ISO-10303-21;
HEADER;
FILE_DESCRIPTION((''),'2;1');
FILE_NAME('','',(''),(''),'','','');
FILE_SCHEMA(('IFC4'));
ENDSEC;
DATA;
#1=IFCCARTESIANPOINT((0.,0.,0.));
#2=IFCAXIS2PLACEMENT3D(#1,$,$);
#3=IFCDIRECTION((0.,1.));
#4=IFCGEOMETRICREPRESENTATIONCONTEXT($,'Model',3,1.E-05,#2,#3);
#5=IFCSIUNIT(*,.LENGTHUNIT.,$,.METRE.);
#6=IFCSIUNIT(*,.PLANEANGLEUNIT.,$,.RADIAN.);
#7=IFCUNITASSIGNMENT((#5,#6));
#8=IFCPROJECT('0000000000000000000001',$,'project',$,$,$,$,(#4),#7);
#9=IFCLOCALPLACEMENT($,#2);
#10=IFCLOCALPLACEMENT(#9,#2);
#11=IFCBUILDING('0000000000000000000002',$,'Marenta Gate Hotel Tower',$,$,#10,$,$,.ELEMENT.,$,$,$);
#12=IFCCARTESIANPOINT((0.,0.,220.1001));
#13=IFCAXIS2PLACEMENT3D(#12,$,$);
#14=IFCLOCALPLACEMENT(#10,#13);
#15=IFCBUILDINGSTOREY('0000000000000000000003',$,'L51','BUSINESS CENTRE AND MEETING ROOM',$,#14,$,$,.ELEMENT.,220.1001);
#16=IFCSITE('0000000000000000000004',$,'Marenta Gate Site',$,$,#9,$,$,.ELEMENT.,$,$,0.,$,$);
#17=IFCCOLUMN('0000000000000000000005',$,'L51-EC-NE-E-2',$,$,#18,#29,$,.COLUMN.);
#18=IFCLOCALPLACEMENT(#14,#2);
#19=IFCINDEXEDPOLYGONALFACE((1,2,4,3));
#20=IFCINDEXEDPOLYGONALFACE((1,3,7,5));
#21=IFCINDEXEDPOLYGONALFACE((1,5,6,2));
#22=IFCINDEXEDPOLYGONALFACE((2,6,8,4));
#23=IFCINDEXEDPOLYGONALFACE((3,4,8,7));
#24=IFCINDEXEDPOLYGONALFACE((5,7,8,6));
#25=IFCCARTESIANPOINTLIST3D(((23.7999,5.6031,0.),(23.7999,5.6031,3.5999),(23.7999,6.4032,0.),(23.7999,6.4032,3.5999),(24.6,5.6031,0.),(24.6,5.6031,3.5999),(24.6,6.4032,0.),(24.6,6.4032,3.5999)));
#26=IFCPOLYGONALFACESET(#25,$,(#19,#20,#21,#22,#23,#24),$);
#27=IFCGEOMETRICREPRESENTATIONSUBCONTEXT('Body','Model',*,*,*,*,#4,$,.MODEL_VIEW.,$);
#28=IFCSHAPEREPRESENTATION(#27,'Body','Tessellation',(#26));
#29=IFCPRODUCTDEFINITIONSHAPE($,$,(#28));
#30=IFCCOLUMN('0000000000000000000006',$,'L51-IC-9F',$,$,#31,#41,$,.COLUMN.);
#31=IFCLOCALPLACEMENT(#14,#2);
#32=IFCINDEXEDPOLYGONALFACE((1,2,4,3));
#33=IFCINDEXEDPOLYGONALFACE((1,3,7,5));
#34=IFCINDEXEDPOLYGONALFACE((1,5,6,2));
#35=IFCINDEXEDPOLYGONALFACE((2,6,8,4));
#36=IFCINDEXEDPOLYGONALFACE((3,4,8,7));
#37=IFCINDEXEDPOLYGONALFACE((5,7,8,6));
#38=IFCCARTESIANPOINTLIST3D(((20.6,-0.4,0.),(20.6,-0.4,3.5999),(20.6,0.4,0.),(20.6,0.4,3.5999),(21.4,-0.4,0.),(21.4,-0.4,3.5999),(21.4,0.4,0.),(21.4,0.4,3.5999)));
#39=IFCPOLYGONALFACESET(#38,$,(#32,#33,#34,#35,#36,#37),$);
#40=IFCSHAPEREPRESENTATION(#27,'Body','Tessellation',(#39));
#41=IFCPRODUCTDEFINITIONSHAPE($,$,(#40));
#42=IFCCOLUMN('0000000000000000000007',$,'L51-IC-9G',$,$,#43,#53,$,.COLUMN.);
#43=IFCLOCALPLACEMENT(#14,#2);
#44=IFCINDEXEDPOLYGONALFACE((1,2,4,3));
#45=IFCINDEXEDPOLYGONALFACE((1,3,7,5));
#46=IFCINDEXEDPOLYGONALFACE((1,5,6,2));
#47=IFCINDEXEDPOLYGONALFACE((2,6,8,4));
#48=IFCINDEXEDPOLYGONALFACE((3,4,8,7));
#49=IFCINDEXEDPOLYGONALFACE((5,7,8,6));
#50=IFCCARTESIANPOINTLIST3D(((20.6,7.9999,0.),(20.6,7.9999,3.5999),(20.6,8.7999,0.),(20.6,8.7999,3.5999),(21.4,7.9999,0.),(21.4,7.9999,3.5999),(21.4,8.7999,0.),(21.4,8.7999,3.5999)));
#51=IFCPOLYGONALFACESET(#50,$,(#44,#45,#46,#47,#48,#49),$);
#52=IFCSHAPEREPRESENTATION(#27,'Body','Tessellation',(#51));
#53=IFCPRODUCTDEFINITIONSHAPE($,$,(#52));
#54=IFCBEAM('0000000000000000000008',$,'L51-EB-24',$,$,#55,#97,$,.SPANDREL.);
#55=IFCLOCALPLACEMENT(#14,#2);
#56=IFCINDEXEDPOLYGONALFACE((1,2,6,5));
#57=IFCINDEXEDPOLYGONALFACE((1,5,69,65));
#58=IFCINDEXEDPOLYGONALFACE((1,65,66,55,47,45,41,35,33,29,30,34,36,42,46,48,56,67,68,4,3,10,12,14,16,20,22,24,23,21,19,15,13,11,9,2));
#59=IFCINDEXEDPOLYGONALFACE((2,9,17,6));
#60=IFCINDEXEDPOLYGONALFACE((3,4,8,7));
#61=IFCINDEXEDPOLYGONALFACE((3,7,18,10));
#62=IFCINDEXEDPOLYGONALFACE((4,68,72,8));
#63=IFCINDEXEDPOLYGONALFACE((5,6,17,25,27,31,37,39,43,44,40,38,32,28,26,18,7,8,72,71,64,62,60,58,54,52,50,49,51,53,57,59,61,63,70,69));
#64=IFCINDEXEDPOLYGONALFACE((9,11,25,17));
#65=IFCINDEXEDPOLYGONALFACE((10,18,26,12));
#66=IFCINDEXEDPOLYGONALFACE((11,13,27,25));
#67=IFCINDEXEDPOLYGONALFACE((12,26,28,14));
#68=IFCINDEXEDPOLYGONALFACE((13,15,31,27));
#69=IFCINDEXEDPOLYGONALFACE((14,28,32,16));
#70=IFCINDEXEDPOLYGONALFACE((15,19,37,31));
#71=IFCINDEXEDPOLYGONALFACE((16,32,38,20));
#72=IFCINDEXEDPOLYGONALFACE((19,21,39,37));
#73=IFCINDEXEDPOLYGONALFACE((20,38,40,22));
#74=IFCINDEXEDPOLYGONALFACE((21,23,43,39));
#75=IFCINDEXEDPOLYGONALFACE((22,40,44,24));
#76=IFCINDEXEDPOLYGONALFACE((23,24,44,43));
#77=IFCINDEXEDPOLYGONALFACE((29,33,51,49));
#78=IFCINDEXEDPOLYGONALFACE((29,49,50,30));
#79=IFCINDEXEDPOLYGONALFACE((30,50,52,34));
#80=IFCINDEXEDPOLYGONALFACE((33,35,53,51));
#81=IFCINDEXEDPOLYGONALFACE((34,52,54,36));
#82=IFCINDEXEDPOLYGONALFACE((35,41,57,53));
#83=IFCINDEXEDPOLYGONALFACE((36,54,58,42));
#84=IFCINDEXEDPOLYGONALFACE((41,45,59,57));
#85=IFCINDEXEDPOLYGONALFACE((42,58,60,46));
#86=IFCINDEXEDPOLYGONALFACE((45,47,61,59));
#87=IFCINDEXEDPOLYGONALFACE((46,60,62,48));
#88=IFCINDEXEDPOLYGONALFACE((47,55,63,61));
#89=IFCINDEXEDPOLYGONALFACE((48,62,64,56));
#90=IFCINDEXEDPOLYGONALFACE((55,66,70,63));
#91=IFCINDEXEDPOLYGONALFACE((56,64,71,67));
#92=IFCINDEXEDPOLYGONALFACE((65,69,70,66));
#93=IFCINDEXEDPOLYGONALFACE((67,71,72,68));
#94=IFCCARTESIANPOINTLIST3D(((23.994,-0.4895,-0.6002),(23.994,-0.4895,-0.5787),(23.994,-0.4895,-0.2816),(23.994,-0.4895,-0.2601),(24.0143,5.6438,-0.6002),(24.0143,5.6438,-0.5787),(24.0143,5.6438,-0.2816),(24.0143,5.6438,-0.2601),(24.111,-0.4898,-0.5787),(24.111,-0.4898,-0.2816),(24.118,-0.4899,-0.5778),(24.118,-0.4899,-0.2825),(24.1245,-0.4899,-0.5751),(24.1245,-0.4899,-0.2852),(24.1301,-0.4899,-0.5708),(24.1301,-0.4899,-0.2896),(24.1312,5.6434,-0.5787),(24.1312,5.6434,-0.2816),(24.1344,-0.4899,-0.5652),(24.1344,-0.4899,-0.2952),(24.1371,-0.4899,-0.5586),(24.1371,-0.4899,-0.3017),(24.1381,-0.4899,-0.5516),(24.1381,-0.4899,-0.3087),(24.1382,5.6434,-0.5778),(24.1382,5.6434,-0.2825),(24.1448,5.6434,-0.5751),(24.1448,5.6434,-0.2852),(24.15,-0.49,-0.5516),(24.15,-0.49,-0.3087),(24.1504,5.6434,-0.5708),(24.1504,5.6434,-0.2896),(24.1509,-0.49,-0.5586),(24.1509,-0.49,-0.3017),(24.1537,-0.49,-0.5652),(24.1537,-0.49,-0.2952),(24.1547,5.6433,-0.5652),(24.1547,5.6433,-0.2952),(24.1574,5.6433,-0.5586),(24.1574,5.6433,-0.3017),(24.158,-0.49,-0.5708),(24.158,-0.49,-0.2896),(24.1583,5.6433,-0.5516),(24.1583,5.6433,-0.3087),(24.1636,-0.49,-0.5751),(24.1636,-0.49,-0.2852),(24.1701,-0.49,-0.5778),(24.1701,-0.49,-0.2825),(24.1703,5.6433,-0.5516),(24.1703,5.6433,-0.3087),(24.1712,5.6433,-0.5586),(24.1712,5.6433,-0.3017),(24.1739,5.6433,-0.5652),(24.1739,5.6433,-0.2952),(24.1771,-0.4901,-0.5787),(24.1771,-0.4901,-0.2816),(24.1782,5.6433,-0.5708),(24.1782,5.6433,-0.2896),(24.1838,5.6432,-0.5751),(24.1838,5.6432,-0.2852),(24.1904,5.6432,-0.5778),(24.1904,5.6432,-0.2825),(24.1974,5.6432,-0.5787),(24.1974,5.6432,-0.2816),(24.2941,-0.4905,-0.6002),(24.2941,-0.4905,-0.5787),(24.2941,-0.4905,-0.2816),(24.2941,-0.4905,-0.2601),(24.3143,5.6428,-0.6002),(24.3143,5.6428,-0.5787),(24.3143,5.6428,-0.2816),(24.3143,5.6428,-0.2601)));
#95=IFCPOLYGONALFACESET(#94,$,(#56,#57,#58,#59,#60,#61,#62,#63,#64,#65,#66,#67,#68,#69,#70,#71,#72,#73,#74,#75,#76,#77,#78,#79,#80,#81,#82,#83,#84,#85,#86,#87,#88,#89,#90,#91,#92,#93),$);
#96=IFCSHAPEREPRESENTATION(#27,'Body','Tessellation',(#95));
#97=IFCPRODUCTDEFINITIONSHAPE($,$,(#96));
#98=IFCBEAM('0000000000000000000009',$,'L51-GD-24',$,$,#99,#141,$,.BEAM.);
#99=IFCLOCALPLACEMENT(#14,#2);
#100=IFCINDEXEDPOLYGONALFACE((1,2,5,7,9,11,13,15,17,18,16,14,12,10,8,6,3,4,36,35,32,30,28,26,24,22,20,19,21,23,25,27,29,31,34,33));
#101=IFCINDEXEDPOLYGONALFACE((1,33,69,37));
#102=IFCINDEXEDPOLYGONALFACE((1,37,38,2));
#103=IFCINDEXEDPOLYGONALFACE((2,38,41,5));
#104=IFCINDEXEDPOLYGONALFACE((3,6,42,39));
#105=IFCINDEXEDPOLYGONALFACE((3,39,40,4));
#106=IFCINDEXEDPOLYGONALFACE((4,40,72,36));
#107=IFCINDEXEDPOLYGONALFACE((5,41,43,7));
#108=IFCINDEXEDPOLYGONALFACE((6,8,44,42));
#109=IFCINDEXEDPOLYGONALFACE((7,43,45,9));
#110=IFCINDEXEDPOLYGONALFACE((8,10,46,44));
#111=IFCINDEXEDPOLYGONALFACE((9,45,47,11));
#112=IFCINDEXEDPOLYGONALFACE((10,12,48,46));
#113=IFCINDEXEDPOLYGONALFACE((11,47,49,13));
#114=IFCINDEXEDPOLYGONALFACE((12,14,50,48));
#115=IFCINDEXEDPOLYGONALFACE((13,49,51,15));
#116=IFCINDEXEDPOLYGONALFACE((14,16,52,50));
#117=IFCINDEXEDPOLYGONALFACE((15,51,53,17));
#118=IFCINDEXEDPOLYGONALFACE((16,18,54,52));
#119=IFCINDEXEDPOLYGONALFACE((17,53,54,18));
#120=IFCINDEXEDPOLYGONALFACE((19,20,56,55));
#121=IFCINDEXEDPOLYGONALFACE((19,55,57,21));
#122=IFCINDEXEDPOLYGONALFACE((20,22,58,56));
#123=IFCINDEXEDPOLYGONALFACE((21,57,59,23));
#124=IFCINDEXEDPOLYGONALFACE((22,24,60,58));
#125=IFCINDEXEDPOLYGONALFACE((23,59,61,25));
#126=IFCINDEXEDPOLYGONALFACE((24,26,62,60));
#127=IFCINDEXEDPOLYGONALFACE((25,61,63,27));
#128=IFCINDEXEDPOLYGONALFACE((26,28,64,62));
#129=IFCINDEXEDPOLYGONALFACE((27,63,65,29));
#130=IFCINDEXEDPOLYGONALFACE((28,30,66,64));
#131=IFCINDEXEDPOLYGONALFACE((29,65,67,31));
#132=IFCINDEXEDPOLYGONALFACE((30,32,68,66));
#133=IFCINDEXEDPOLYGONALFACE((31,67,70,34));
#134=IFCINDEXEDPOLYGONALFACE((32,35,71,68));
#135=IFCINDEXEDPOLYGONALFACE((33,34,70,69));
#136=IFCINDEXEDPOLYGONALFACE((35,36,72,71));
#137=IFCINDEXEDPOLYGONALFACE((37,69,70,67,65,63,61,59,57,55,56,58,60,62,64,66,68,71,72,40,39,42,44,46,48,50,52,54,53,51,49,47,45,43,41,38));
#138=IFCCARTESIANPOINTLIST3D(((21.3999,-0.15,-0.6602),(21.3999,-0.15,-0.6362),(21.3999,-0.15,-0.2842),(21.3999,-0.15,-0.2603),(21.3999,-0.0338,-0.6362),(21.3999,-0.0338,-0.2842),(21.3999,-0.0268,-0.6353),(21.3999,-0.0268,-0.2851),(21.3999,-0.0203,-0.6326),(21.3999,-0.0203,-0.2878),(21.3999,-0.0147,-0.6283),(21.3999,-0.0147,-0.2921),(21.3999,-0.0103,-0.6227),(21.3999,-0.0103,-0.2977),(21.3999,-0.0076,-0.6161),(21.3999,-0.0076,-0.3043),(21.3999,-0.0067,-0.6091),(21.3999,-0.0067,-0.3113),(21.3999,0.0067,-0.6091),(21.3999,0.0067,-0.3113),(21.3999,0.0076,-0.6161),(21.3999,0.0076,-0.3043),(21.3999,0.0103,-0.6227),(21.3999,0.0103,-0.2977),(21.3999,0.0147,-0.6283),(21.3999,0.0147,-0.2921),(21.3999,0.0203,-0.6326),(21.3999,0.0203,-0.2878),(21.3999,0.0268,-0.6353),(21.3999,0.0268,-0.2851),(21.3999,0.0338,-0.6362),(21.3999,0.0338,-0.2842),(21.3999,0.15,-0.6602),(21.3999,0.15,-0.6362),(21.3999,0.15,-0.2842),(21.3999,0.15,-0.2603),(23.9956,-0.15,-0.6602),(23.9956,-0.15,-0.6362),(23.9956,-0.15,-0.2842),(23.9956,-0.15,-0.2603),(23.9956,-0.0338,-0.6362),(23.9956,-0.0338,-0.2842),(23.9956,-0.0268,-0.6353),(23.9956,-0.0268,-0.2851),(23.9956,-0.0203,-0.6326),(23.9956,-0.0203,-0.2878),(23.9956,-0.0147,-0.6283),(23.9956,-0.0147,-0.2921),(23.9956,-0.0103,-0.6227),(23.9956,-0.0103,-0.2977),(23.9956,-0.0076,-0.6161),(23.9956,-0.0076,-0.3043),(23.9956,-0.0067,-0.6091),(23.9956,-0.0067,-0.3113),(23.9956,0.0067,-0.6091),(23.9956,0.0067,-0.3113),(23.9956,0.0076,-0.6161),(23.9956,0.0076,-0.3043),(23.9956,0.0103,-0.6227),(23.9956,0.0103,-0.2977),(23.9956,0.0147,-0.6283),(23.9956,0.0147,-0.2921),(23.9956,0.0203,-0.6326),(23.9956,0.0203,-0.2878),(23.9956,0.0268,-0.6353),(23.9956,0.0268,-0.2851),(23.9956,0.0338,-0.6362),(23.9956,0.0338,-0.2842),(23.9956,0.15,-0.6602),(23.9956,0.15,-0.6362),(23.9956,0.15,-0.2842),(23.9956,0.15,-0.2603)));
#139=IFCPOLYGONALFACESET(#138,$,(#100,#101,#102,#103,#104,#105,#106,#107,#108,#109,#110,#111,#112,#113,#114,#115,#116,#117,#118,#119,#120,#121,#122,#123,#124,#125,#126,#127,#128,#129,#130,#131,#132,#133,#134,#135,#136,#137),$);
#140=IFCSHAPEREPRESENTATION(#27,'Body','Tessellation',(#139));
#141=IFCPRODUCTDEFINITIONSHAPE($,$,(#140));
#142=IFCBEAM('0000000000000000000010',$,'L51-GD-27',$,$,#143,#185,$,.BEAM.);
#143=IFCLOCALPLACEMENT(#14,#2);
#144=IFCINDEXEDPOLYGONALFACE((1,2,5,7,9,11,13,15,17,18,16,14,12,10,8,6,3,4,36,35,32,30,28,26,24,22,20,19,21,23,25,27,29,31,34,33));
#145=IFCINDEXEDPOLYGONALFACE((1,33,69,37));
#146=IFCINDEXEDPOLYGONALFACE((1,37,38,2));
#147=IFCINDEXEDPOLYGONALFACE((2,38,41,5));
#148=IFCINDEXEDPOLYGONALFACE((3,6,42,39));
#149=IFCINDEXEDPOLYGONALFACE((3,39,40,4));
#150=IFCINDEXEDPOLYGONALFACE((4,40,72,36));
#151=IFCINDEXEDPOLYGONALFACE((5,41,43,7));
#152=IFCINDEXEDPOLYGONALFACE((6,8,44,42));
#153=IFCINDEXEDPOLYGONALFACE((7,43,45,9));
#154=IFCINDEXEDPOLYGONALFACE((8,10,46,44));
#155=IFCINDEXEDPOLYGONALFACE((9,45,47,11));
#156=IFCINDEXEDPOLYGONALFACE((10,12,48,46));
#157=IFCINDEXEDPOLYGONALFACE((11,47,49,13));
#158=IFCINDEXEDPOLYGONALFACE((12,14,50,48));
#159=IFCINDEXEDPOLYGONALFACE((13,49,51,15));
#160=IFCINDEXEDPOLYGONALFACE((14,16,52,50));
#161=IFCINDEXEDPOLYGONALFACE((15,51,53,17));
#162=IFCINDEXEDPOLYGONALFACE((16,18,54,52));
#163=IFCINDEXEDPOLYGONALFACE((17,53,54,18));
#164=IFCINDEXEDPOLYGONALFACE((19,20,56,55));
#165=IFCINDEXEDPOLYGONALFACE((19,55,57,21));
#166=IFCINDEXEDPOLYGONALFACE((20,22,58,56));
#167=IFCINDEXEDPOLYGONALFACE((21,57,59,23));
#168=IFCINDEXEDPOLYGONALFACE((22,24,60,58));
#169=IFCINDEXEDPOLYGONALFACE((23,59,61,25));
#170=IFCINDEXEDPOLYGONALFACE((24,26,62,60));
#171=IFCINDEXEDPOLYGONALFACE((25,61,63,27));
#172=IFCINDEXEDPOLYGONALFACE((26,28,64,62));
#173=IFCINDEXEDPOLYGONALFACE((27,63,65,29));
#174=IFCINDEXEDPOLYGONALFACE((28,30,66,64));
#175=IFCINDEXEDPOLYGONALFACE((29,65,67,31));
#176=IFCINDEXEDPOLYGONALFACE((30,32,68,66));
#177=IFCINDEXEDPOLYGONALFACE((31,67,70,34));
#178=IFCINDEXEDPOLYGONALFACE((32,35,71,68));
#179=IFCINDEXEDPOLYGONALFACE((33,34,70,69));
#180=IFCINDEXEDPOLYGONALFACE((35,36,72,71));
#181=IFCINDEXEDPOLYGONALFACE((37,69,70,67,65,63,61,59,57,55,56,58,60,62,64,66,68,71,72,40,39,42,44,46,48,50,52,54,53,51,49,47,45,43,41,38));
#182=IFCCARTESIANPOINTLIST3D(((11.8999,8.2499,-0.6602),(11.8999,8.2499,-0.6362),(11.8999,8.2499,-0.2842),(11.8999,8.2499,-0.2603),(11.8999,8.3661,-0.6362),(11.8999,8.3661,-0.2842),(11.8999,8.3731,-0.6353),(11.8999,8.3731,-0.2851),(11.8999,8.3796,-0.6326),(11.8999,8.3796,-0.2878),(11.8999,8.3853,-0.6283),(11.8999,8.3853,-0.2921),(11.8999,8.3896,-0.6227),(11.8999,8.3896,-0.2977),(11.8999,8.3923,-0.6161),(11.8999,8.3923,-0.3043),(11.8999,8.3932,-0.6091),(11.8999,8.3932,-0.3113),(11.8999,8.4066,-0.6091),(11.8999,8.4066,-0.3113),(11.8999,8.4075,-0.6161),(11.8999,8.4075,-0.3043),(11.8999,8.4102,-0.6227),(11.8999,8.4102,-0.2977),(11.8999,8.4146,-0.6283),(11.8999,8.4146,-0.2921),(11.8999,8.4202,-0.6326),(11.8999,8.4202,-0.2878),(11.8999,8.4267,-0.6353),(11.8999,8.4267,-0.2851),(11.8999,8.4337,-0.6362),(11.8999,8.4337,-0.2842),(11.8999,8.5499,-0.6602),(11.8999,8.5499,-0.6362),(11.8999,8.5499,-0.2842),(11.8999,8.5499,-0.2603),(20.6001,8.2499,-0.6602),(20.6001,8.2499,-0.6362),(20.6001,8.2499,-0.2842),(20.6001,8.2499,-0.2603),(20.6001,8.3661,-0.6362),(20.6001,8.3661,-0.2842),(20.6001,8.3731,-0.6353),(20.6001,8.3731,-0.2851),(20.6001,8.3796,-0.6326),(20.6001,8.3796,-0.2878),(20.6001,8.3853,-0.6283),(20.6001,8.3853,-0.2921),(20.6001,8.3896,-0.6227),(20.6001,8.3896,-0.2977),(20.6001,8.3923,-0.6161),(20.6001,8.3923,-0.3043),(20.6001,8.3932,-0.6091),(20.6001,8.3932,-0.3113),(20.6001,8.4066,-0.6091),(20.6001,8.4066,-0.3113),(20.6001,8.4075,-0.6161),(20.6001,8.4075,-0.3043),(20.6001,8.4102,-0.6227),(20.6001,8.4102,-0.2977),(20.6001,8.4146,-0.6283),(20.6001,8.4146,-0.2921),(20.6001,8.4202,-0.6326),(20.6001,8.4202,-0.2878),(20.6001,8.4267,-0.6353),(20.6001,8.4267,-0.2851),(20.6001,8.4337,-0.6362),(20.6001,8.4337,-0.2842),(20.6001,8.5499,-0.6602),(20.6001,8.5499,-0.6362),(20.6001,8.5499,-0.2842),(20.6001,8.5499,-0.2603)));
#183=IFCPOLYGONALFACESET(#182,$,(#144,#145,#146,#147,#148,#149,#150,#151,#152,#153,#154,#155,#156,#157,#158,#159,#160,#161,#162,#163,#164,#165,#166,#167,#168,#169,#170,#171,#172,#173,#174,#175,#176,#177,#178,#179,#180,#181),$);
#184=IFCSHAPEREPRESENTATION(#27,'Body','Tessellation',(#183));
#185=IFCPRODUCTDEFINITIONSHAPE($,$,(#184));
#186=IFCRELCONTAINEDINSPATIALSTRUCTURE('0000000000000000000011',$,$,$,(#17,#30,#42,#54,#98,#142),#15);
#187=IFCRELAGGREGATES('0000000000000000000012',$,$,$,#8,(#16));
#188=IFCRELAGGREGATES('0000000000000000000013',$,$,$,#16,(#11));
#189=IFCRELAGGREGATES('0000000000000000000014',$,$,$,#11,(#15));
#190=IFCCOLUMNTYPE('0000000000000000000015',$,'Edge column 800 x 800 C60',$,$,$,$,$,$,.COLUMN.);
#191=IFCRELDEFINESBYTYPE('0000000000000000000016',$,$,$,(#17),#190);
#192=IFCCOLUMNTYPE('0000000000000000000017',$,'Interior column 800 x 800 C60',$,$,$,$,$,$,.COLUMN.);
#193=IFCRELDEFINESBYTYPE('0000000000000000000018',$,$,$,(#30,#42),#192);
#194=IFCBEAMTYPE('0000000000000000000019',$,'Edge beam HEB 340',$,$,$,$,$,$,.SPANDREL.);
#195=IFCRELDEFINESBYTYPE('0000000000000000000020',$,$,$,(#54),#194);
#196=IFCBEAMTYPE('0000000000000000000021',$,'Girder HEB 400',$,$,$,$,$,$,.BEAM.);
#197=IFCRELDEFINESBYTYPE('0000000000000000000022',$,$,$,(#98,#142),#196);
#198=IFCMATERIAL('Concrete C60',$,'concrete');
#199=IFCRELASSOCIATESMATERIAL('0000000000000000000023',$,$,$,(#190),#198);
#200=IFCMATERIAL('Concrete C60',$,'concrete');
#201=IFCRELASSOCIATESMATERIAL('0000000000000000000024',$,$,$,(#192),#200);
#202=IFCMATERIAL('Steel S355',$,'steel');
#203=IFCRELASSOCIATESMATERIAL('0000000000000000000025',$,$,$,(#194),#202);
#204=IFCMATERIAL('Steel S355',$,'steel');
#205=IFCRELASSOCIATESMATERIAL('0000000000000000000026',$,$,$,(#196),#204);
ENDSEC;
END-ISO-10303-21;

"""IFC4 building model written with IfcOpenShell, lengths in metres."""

from ifc_helpers import new_model, si_unit, direction, frame, origin, origin_2d, place, context, subcontext, project, spatial, rectangle, i_section, extrude, material, material_profile, profile_set, type_object, element, save


model = new_model("IFC4")

# Units and contexts
model_context = context("Model", 3, precision=1e-05, world=origin(), true_north=direction((0.0, 1.0)))
body_context = subcontext(model_context, "Body", "Model", "MODEL_VIEW")
ifc_project = project(units=[si_unit("LENGTHUNIT", "METRE"), si_unit("PLANEANGLEUNIT", "RADIAN")], contexts=[model_context])

# Site, building, storey
site_placement = place(None, origin())
site = spatial("IfcSite", under=ifc_project, at=site_placement, Name="Marenta Gate Site", CompositionType="ELEMENT", RefElevation=0.0)
building_placement = place(site_placement, origin())
building = spatial("IfcBuilding", under=site, at=building_placement, Name="Marenta Gate Hotel Tower", CompositionType="ELEMENT")
storey_placement = place(building_placement, frame((0.0, 0.0, 220.1001)))
storey = spatial("IfcBuildingStorey", under=building, at=storey_placement, Name="L51", Description="BUSINESS CENTRE AND MEETING ROOM", CompositionType="ELEMENT", Elevation=220.1001)

# Columns
ifc_material_1 = material(Name="Concrete C60", Category="concrete")
ifc_material_profile_1 = material_profile(ifc_material_1, rectangle(XDim=0.8, YDim=0.8, at=origin_2d()), Name="800 x 800")
ifc_profile_set_1 = profile_set([ifc_material_profile_1], Name="Concrete C60")
column_type_1 = type_object("IfcColumnType", Name="Edge column 800 x 800 C60", PredefinedType="COLUMN", material=ifc_profile_set_1)
column_placement = place(storey_placement, frame((24.2, 6.0032, 0.0), z_axis=(0.0, 0.0, 1.0), x_axis=(1.0, 0.0, 0.0)))
element("IfcColumn", 1, at=column_placement, inside=storey, type_object=column_type_1, Name="L51-EC-NE-E-2", PredefinedType="COLUMN", context=body_context, shape_type="SweptSolid", body=[
    extrude(rectangle(XDim=0.8, YDim=0.8, at=origin_2d()), origin(), (0.0, 0.0, 1.0), 3.5999),
])
ifc_material_2 = material(Name="Concrete C60", Category="concrete")
ifc_material_profile_2 = material_profile(ifc_material_2, rectangle(XDim=0.8, YDim=0.8, at=origin_2d()), Name="800 x 800")
ifc_profile_set_2 = profile_set([ifc_material_profile_2], Name="Concrete C60")
column_type_2 = type_object("IfcColumnType", Name="Interior column 800 x 800 C60", PredefinedType="COLUMN", material=ifc_profile_set_2)
for number, where, z_axis, x_axis, name in (
    (2, (21.0, 0.0, 0.0), (0.0, 0.0, 1.0), (1.0, 0.0, 0.0), "L51-IC-9F"),
    (3, (21.0, 8.3999, 0.0), (0.0, 0.0, 1.0), (1.0, 0.0, 0.0), "L51-IC-9G"),
):
    element("IfcColumn", number, at=place(storey_placement, frame(where, z_axis=z_axis, x_axis=x_axis)), inside=storey, type_object=column_type_2, Name=name, PredefinedType="COLUMN", context=body_context, shape_type="SweptSolid", body=[
        extrude(rectangle(XDim=0.8, YDim=0.8, at=origin_2d()), origin(), (0.0, 0.0, 1.0), 3.5999),
    ])

# Beams
ifc_material_3 = material(Name="Steel S355", Category="steel")
ifc_material_profile_3 = material_profile(ifc_material_3, i_section(OverallWidth=0.3, OverallDepth=0.3401, WebThickness=0.012, FlangeThickness=0.0215, FilletRadius=0.0271, at=origin_2d()), Name="HEB 340")
ifc_profile_set_3 = profile_set([ifc_material_profile_3], Name="Steel S355")
beam_type_1 = type_object("IfcBeamType", Name="Edge beam HEB 340", PredefinedType="SPANDREL", material=ifc_profile_set_3)
beam_1_placement = place(storey_placement, frame((24.1643, 5.6433, -0.4302), z_axis=(-0.003304, -0.999995, 0.0), x_axis=(0.999995, -0.003304, 0.0)))
element("IfcBeam", 4, at=beam_1_placement, inside=storey, type_object=beam_type_1, Name="L51-EB-24", PredefinedType="SPANDREL", context=body_context, shape_type="SweptSolid", body=[
    extrude(i_section(OverallWidth=0.3, OverallDepth=0.3401, WebThickness=0.012, FlangeThickness=0.0215, FilletRadius=0.0271, at=origin_2d()), origin(), (0.0, 0.0, 1.0), 6.1333),
])
ifc_material_4 = material(Name="Steel S355", Category="steel")
ifc_material_profile_4 = material_profile(ifc_material_4, i_section(OverallWidth=0.3, OverallDepth=0.3999, WebThickness=0.0134, FlangeThickness=0.0239, FilletRadius=0.0271, at=origin_2d()), Name="HEB 400")
ifc_profile_set_4 = profile_set([ifc_material_profile_4], Name="Steel S355")
beam_type_2 = type_object("IfcBeamType", Name="Girder HEB 400", PredefinedType="BEAM", material=ifc_profile_set_4)
beam_2_placement = place(storey_placement, frame((21.3999, 0.0, -0.4602), z_axis=(1.0, 0.0, 0.0), x_axis=(0.0, 1.0, 0.0)))
element("IfcBeam", 5, at=beam_2_placement, inside=storey, type_object=beam_type_2, Name="L51-GD-24", PredefinedType="BEAM", context=body_context, shape_type="SweptSolid", body=[
    extrude(i_section(OverallWidth=0.3, OverallDepth=0.3999, WebThickness=0.0134, FlangeThickness=0.0239, FilletRadius=0.0271, at=origin_2d()), origin(), (0.0, 0.0, 1.0), 2.5957),
])
beam_3_placement = place(storey_placement, frame((11.8999, 8.3999, -0.4602), z_axis=(1.0, 0.0, 0.0), x_axis=(0.0, 1.0, 0.0)))
element("IfcBeam", 6, at=beam_3_placement, inside=storey, type_object=beam_type_2, Name="L51-GD-27", PredefinedType="BEAM", context=body_context, shape_type="SweptSolid", body=[
    extrude(i_section(OverallWidth=0.3, OverallDepth=0.3999, WebThickness=0.0134, FlangeThickness=0.0239, FilletRadius=0.0271, at=origin_2d()), origin(), (0.0, 0.0, 1.0), 8.7002),
])

save(model, "model.ifc")
